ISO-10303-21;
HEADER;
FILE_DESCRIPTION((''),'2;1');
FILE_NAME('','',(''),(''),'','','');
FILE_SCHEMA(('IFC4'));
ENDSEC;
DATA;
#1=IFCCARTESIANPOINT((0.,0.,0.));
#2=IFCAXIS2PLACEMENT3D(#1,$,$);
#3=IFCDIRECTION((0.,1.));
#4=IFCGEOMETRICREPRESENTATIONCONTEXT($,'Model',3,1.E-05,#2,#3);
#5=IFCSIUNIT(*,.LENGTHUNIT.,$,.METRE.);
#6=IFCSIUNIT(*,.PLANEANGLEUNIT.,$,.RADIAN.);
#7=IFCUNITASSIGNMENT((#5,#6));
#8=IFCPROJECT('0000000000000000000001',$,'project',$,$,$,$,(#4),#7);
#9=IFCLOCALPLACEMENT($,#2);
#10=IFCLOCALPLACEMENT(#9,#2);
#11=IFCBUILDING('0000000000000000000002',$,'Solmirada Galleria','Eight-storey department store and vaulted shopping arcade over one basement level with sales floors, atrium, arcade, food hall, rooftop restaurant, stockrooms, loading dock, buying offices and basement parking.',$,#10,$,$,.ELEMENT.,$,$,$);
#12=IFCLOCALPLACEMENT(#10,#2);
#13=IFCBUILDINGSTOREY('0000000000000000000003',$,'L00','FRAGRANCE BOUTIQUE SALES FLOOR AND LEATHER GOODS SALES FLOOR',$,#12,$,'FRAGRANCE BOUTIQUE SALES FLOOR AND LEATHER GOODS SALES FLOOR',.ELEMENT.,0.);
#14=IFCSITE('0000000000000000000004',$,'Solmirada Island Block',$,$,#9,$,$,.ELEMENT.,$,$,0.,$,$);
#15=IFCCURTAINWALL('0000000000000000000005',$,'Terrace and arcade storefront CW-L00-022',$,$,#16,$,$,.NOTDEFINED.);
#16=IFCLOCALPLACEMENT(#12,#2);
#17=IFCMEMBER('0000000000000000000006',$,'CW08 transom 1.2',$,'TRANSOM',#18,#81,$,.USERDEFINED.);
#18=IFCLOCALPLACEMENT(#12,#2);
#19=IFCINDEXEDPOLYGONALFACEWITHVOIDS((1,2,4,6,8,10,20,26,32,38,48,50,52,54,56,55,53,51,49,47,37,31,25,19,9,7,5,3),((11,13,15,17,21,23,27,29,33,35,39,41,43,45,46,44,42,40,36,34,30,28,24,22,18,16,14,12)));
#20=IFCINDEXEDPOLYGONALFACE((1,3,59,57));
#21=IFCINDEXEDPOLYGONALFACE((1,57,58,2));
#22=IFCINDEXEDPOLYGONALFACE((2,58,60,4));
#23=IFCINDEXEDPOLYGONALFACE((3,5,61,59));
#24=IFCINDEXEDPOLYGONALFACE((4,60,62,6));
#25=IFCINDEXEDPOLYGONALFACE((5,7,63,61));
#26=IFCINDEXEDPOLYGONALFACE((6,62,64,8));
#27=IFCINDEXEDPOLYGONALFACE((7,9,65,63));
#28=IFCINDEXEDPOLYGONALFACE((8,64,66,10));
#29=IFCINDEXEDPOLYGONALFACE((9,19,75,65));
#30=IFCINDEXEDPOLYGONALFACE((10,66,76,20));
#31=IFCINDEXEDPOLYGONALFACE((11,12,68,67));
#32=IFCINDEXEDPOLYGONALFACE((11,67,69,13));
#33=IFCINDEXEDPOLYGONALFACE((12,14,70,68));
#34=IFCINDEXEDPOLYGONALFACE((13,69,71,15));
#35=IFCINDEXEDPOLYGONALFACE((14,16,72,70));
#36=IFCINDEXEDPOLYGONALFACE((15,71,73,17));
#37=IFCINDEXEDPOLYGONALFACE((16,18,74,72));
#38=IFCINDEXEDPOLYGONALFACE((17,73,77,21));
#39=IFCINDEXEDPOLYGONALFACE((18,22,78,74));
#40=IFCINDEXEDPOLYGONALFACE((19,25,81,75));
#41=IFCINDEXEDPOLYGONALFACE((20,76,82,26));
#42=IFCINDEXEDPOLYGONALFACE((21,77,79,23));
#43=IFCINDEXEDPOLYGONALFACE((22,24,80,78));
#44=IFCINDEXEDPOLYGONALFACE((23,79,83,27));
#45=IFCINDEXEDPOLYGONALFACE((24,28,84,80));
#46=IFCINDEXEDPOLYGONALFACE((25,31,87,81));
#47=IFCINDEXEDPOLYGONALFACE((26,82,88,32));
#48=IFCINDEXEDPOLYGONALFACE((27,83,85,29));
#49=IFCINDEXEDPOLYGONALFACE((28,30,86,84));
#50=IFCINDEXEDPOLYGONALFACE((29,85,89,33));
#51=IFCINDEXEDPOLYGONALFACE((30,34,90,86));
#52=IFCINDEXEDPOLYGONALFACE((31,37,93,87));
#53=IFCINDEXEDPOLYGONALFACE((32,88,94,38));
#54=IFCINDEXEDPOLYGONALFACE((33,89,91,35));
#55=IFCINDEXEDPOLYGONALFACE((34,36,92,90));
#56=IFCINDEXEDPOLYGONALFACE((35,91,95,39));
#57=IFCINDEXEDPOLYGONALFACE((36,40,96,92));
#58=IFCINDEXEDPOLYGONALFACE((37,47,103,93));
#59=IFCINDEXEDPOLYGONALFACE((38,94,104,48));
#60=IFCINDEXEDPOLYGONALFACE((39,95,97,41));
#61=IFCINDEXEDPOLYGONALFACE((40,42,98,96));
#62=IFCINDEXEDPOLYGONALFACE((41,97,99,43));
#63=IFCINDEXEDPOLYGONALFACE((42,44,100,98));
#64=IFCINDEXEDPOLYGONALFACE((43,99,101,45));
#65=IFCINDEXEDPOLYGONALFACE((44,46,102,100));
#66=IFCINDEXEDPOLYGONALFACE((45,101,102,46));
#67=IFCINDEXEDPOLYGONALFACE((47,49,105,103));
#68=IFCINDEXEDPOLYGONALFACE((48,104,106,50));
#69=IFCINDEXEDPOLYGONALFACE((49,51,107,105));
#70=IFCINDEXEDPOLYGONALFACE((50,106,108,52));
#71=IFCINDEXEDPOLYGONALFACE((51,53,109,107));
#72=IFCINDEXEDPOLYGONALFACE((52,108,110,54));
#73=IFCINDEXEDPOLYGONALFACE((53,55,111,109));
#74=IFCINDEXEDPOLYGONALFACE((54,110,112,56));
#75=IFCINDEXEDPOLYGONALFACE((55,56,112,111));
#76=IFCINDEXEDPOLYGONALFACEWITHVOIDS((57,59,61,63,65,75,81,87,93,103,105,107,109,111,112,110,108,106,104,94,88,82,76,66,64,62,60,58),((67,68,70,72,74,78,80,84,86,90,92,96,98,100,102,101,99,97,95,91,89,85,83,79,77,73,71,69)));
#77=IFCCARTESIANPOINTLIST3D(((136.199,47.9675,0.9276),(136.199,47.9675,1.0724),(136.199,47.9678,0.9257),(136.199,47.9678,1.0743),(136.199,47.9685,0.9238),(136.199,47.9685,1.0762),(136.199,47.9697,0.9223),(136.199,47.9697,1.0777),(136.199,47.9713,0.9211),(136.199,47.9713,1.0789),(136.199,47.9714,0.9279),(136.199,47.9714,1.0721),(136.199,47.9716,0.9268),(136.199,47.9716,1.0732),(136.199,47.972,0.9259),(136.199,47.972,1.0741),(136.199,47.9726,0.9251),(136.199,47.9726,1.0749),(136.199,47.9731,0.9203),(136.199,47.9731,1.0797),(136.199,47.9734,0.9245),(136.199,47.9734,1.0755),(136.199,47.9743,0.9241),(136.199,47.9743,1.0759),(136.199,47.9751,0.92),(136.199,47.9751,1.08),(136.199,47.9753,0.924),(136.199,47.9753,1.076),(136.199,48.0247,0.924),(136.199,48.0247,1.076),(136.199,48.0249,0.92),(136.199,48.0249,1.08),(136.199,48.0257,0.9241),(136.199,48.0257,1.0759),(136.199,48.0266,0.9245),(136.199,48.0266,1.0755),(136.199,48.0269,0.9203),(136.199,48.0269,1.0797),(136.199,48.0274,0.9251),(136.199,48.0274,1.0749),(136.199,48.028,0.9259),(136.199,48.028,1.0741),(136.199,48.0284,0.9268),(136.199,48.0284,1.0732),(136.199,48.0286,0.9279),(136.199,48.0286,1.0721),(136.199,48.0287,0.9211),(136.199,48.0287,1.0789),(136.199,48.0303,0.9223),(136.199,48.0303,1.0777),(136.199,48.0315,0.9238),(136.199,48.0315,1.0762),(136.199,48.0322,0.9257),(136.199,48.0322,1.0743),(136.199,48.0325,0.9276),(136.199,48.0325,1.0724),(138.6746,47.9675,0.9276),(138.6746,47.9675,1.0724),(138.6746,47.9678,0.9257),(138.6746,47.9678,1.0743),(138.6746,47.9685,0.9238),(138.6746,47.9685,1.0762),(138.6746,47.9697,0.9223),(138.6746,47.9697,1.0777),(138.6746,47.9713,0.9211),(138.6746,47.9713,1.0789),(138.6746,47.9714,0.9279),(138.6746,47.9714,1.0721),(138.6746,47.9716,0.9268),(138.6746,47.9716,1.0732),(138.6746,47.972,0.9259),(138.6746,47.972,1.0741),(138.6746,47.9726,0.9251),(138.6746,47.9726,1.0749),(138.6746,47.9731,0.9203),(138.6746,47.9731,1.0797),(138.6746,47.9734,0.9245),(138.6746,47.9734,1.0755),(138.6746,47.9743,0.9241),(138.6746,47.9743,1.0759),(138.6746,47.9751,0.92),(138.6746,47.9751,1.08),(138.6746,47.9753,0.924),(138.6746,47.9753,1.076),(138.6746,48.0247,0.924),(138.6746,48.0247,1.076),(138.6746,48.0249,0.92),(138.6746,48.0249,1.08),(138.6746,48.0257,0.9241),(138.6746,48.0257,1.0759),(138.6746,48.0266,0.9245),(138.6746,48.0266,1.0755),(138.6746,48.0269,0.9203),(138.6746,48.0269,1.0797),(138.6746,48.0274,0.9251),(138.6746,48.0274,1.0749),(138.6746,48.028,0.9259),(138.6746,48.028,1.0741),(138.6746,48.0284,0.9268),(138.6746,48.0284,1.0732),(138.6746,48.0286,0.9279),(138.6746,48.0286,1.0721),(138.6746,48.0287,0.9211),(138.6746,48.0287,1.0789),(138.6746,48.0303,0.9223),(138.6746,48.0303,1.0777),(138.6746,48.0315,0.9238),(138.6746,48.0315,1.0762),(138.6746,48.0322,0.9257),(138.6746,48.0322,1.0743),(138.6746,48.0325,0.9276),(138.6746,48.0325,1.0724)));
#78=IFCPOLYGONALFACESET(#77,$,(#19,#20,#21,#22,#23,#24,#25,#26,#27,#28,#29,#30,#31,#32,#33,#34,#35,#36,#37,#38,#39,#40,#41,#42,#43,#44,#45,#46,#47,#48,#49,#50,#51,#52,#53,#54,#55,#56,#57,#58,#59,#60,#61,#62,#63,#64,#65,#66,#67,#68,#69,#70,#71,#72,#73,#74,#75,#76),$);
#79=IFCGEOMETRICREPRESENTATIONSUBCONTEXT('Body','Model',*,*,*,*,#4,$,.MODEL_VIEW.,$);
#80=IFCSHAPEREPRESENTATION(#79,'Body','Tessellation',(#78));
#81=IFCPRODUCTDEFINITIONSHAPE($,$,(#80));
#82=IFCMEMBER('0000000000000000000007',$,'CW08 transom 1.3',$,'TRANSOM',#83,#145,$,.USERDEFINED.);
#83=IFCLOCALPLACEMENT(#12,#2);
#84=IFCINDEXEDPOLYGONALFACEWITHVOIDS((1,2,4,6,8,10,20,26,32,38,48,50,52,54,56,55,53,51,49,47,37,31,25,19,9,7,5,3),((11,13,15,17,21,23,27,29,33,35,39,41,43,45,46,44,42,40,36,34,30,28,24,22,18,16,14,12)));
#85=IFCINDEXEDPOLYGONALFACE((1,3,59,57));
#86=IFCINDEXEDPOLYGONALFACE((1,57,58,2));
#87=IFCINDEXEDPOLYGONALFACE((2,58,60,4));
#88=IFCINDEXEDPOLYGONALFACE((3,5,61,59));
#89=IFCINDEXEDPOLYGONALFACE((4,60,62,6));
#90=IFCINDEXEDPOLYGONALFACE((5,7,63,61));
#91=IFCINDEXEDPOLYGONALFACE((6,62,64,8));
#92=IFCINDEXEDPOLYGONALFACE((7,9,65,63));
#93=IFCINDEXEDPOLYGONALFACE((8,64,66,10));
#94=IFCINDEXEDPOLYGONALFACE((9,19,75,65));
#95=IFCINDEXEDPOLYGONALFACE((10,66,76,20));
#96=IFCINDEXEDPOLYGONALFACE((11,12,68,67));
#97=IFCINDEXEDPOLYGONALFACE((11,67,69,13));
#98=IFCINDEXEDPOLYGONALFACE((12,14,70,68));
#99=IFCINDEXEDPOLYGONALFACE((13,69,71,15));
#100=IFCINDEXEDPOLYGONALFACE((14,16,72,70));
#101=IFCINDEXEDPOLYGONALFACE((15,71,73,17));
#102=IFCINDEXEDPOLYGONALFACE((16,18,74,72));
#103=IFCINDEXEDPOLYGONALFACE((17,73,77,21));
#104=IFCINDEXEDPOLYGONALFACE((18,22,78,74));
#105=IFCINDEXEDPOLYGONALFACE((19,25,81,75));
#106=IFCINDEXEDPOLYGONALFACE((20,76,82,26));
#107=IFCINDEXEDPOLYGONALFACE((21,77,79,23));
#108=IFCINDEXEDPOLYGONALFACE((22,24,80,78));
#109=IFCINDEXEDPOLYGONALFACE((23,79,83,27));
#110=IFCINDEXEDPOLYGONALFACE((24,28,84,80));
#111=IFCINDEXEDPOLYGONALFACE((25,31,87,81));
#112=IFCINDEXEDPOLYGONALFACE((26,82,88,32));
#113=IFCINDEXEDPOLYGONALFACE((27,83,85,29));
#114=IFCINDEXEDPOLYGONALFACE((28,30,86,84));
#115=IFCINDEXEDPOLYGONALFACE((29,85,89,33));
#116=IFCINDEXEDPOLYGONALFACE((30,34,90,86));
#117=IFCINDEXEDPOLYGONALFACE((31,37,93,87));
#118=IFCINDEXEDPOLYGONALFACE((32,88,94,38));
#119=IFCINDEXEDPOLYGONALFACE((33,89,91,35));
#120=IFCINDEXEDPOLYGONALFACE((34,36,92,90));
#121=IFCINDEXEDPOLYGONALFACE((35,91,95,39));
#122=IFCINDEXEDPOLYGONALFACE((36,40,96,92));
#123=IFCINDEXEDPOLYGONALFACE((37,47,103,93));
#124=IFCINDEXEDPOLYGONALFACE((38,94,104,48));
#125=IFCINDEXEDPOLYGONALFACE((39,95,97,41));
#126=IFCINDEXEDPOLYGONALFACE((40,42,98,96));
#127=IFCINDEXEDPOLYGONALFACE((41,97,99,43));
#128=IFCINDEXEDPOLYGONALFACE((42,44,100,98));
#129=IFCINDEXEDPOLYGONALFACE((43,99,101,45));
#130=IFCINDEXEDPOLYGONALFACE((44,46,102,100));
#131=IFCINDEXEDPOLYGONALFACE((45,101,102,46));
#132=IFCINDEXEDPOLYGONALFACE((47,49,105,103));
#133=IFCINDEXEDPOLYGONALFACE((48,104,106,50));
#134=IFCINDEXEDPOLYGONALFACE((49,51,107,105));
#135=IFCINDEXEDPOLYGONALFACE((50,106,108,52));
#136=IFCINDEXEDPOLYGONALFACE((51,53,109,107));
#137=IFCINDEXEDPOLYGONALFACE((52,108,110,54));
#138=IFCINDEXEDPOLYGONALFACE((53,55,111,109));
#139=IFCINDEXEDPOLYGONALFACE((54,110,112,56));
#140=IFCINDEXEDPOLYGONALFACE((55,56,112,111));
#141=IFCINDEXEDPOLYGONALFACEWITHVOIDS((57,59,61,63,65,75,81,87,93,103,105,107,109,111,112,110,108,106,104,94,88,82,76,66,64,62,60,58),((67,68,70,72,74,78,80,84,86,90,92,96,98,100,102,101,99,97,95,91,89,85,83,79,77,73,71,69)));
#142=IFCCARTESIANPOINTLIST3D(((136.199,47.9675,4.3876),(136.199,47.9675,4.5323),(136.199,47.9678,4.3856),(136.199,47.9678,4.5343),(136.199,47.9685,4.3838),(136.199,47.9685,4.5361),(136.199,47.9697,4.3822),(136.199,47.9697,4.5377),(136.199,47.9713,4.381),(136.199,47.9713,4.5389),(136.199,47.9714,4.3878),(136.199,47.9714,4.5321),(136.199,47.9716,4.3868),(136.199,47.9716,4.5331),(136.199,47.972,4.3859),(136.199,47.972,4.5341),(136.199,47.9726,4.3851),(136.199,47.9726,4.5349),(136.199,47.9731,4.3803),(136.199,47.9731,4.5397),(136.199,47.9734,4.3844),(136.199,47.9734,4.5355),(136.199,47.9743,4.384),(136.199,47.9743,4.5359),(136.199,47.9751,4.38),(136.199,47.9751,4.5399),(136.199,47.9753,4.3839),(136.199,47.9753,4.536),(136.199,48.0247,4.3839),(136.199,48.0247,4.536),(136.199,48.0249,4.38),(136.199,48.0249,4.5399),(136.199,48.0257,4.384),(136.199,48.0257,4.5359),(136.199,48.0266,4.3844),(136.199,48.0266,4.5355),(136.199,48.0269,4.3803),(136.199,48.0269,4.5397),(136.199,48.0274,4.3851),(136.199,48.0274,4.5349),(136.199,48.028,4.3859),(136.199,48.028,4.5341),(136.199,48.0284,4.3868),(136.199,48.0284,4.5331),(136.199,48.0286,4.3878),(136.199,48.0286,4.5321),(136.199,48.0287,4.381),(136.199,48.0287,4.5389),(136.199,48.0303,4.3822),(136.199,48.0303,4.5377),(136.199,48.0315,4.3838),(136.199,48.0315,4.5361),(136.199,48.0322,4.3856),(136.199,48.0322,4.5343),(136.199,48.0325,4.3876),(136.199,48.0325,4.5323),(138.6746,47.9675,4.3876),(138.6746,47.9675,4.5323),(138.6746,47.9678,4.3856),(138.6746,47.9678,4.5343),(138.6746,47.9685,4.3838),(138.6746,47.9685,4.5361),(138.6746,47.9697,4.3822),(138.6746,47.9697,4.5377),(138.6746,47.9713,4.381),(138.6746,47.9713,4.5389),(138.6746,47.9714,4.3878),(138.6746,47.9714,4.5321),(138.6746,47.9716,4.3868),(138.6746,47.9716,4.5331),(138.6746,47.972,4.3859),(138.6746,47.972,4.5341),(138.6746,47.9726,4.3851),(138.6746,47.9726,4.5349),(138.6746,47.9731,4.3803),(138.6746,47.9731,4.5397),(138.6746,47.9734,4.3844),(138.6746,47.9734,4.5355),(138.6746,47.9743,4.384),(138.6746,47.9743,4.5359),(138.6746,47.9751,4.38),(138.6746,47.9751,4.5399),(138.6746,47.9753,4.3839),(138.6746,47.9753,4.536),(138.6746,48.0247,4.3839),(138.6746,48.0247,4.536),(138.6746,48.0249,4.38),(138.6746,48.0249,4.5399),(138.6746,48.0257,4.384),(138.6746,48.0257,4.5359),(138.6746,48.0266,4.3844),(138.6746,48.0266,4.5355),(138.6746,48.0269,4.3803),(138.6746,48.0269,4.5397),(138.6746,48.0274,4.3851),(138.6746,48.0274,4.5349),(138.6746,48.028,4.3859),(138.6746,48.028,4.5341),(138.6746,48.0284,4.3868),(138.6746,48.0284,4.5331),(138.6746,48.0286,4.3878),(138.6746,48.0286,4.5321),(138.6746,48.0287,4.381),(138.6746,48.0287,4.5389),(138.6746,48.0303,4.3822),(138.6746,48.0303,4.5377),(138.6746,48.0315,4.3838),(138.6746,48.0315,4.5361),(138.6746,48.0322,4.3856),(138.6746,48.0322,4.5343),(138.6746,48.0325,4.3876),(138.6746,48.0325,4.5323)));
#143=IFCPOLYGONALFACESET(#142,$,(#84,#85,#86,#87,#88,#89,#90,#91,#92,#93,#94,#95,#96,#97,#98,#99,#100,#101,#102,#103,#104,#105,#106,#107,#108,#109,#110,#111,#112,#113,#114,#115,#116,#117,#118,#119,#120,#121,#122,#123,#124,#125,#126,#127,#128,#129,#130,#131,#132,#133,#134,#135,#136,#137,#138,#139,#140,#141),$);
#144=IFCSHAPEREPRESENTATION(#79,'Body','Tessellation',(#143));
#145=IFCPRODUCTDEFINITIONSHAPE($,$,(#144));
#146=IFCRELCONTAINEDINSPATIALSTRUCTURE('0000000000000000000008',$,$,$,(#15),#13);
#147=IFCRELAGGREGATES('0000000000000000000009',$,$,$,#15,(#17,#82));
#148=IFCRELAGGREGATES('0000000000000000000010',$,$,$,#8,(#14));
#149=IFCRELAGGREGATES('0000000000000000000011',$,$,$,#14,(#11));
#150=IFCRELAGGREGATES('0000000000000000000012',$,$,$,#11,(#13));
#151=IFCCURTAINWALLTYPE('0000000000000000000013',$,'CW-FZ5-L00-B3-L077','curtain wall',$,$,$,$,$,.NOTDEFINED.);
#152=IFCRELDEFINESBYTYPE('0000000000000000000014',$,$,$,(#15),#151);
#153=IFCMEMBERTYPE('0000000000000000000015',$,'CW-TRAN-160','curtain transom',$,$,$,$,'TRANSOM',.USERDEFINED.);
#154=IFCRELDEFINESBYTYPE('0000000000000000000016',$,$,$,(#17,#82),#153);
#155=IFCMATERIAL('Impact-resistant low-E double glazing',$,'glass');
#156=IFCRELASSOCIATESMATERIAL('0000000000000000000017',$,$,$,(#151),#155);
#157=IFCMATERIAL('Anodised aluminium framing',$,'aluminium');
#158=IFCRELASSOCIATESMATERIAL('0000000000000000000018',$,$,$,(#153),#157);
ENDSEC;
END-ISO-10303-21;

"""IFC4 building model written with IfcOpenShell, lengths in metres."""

from ifc_helpers import new_model, si_unit, direction, frame, origin, origin_2d, place, context, subcontext, project, spatial, hollow_rectangle, extrude, material, material_profile, profile_set, type_object, element, aggregate, save


model = new_model("IFC4")

# Units and contexts
model_context = context("Model", 3, precision=1e-05, world=origin(), true_north=direction((0.0, 1.0)))
body_context = subcontext(model_context, "Body", "Model", "MODEL_VIEW")
ifc_project = project(units=[si_unit("LENGTHUNIT", "METRE"), si_unit("PLANEANGLEUNIT", "RADIAN")], contexts=[model_context])

# Site, building, storey
site_placement = place(None, origin())
site = spatial("IfcSite", under=ifc_project, at=site_placement, Name="Solmirada Island Block", CompositionType="ELEMENT", RefElevation=0.0)
building_placement = place(site_placement, origin())
building = spatial("IfcBuilding", under=site, at=building_placement, Name="Solmirada Galleria", Description="Eight-storey department store and vaulted shopping arcade over one basement level with sales floors, atrium, arcade, food hall, rooftop restaurant, stockrooms, loading dock, buying offices and basement parking.", CompositionType="ELEMENT")
storey_placement = place(building_placement, origin())
storey = spatial("IfcBuildingStorey", under=building, at=storey_placement, Name="L00", Description="FRAGRANCE BOUTIQUE SALES FLOOR AND LEATHER GOODS SALES FLOOR", LongName="FRAGRANCE BOUTIQUE SALES FLOOR AND LEATHER GOODS SALES FLOOR", CompositionType="ELEMENT", Elevation=0.0)

# Curtain wall, members
ifc_material_1 = material(Name="Impact-resistant low-E double glazing", Category="glass")
curtain_wall_type = type_object("IfcCurtainWallType", Name="CW-FZ5-L00-B3-L077", Description="curtain wall", PredefinedType="NOTDEFINED", material=ifc_material_1)
curtain_wall_placement = place(storey_placement, origin())
curtain_wall = element("IfcCurtainWall", 1, at=curtain_wall_placement, inside=storey, type_object=curtain_wall_type, Name="Terrace and arcade storefront CW-L00-022", PredefinedType="NOTDEFINED")
ifc_material_2 = material(Name="Anodised aluminium framing", Category="aluminium")
ifc_material_profile_1 = material_profile(ifc_material_2, hollow_rectangle(XDim=0.0649, YDim=0.1599, WallThickness=0.0039, InnerFilletRadius=0.0039, OuterFilletRadius=0.0076, at=origin_2d()), Name="ALU-TRAN-160X65")
ifc_profile_set_1 = profile_set([ifc_material_profile_1], Name="Anodised aluminium framing")
member_type_1 = type_object("IfcMemberType", Name="CW-TRAN-160", Description="curtain transom", ElementType="TRANSOM", PredefinedType="USERDEFINED", material=ifc_profile_set_1)
member_1_placement = place(storey_placement, frame((136.199, 48.0, 1.0), z_axis=(1.0, 0.0, 0.0), x_axis=(0.0, 1.0, 0.0)))
member_1 = element("IfcMember", 2, at=member_1_placement, type_object=member_type_1, Name="CW08 transom 1.2", ObjectType="TRANSOM", PredefinedType="USERDEFINED", context=body_context, shape_type="SweptSolid", body=[
    extrude(hollow_rectangle(XDim=0.0649, YDim=0.1599, WallThickness=0.0039, InnerFilletRadius=0.0039, OuterFilletRadius=0.0076, at=origin_2d()), origin(), (0.0, 0.0, 1.0), 2.4756),
])
member_2_placement = place(storey_placement, frame((136.199, 48.0, 4.46), z_axis=(1.0, 0.0, 0.0), x_axis=(0.0, 1.0, 0.0)))
member_2 = element("IfcMember", 3, at=member_2_placement, type_object=member_type_1, Name="CW08 transom 1.3", ObjectType="TRANSOM", PredefinedType="USERDEFINED", context=body_context, shape_type="SweptSolid", body=[
    extrude(hollow_rectangle(XDim=0.0649, YDim=0.1599, WallThickness=0.0039, InnerFilletRadius=0.0039, OuterFilletRadius=0.0076, at=origin_2d()), origin(), (0.0, 0.0, 1.0), 2.4756),
])
aggregate(curtain_wall, [member_1, member_2])

save(model, "model.ifc")
